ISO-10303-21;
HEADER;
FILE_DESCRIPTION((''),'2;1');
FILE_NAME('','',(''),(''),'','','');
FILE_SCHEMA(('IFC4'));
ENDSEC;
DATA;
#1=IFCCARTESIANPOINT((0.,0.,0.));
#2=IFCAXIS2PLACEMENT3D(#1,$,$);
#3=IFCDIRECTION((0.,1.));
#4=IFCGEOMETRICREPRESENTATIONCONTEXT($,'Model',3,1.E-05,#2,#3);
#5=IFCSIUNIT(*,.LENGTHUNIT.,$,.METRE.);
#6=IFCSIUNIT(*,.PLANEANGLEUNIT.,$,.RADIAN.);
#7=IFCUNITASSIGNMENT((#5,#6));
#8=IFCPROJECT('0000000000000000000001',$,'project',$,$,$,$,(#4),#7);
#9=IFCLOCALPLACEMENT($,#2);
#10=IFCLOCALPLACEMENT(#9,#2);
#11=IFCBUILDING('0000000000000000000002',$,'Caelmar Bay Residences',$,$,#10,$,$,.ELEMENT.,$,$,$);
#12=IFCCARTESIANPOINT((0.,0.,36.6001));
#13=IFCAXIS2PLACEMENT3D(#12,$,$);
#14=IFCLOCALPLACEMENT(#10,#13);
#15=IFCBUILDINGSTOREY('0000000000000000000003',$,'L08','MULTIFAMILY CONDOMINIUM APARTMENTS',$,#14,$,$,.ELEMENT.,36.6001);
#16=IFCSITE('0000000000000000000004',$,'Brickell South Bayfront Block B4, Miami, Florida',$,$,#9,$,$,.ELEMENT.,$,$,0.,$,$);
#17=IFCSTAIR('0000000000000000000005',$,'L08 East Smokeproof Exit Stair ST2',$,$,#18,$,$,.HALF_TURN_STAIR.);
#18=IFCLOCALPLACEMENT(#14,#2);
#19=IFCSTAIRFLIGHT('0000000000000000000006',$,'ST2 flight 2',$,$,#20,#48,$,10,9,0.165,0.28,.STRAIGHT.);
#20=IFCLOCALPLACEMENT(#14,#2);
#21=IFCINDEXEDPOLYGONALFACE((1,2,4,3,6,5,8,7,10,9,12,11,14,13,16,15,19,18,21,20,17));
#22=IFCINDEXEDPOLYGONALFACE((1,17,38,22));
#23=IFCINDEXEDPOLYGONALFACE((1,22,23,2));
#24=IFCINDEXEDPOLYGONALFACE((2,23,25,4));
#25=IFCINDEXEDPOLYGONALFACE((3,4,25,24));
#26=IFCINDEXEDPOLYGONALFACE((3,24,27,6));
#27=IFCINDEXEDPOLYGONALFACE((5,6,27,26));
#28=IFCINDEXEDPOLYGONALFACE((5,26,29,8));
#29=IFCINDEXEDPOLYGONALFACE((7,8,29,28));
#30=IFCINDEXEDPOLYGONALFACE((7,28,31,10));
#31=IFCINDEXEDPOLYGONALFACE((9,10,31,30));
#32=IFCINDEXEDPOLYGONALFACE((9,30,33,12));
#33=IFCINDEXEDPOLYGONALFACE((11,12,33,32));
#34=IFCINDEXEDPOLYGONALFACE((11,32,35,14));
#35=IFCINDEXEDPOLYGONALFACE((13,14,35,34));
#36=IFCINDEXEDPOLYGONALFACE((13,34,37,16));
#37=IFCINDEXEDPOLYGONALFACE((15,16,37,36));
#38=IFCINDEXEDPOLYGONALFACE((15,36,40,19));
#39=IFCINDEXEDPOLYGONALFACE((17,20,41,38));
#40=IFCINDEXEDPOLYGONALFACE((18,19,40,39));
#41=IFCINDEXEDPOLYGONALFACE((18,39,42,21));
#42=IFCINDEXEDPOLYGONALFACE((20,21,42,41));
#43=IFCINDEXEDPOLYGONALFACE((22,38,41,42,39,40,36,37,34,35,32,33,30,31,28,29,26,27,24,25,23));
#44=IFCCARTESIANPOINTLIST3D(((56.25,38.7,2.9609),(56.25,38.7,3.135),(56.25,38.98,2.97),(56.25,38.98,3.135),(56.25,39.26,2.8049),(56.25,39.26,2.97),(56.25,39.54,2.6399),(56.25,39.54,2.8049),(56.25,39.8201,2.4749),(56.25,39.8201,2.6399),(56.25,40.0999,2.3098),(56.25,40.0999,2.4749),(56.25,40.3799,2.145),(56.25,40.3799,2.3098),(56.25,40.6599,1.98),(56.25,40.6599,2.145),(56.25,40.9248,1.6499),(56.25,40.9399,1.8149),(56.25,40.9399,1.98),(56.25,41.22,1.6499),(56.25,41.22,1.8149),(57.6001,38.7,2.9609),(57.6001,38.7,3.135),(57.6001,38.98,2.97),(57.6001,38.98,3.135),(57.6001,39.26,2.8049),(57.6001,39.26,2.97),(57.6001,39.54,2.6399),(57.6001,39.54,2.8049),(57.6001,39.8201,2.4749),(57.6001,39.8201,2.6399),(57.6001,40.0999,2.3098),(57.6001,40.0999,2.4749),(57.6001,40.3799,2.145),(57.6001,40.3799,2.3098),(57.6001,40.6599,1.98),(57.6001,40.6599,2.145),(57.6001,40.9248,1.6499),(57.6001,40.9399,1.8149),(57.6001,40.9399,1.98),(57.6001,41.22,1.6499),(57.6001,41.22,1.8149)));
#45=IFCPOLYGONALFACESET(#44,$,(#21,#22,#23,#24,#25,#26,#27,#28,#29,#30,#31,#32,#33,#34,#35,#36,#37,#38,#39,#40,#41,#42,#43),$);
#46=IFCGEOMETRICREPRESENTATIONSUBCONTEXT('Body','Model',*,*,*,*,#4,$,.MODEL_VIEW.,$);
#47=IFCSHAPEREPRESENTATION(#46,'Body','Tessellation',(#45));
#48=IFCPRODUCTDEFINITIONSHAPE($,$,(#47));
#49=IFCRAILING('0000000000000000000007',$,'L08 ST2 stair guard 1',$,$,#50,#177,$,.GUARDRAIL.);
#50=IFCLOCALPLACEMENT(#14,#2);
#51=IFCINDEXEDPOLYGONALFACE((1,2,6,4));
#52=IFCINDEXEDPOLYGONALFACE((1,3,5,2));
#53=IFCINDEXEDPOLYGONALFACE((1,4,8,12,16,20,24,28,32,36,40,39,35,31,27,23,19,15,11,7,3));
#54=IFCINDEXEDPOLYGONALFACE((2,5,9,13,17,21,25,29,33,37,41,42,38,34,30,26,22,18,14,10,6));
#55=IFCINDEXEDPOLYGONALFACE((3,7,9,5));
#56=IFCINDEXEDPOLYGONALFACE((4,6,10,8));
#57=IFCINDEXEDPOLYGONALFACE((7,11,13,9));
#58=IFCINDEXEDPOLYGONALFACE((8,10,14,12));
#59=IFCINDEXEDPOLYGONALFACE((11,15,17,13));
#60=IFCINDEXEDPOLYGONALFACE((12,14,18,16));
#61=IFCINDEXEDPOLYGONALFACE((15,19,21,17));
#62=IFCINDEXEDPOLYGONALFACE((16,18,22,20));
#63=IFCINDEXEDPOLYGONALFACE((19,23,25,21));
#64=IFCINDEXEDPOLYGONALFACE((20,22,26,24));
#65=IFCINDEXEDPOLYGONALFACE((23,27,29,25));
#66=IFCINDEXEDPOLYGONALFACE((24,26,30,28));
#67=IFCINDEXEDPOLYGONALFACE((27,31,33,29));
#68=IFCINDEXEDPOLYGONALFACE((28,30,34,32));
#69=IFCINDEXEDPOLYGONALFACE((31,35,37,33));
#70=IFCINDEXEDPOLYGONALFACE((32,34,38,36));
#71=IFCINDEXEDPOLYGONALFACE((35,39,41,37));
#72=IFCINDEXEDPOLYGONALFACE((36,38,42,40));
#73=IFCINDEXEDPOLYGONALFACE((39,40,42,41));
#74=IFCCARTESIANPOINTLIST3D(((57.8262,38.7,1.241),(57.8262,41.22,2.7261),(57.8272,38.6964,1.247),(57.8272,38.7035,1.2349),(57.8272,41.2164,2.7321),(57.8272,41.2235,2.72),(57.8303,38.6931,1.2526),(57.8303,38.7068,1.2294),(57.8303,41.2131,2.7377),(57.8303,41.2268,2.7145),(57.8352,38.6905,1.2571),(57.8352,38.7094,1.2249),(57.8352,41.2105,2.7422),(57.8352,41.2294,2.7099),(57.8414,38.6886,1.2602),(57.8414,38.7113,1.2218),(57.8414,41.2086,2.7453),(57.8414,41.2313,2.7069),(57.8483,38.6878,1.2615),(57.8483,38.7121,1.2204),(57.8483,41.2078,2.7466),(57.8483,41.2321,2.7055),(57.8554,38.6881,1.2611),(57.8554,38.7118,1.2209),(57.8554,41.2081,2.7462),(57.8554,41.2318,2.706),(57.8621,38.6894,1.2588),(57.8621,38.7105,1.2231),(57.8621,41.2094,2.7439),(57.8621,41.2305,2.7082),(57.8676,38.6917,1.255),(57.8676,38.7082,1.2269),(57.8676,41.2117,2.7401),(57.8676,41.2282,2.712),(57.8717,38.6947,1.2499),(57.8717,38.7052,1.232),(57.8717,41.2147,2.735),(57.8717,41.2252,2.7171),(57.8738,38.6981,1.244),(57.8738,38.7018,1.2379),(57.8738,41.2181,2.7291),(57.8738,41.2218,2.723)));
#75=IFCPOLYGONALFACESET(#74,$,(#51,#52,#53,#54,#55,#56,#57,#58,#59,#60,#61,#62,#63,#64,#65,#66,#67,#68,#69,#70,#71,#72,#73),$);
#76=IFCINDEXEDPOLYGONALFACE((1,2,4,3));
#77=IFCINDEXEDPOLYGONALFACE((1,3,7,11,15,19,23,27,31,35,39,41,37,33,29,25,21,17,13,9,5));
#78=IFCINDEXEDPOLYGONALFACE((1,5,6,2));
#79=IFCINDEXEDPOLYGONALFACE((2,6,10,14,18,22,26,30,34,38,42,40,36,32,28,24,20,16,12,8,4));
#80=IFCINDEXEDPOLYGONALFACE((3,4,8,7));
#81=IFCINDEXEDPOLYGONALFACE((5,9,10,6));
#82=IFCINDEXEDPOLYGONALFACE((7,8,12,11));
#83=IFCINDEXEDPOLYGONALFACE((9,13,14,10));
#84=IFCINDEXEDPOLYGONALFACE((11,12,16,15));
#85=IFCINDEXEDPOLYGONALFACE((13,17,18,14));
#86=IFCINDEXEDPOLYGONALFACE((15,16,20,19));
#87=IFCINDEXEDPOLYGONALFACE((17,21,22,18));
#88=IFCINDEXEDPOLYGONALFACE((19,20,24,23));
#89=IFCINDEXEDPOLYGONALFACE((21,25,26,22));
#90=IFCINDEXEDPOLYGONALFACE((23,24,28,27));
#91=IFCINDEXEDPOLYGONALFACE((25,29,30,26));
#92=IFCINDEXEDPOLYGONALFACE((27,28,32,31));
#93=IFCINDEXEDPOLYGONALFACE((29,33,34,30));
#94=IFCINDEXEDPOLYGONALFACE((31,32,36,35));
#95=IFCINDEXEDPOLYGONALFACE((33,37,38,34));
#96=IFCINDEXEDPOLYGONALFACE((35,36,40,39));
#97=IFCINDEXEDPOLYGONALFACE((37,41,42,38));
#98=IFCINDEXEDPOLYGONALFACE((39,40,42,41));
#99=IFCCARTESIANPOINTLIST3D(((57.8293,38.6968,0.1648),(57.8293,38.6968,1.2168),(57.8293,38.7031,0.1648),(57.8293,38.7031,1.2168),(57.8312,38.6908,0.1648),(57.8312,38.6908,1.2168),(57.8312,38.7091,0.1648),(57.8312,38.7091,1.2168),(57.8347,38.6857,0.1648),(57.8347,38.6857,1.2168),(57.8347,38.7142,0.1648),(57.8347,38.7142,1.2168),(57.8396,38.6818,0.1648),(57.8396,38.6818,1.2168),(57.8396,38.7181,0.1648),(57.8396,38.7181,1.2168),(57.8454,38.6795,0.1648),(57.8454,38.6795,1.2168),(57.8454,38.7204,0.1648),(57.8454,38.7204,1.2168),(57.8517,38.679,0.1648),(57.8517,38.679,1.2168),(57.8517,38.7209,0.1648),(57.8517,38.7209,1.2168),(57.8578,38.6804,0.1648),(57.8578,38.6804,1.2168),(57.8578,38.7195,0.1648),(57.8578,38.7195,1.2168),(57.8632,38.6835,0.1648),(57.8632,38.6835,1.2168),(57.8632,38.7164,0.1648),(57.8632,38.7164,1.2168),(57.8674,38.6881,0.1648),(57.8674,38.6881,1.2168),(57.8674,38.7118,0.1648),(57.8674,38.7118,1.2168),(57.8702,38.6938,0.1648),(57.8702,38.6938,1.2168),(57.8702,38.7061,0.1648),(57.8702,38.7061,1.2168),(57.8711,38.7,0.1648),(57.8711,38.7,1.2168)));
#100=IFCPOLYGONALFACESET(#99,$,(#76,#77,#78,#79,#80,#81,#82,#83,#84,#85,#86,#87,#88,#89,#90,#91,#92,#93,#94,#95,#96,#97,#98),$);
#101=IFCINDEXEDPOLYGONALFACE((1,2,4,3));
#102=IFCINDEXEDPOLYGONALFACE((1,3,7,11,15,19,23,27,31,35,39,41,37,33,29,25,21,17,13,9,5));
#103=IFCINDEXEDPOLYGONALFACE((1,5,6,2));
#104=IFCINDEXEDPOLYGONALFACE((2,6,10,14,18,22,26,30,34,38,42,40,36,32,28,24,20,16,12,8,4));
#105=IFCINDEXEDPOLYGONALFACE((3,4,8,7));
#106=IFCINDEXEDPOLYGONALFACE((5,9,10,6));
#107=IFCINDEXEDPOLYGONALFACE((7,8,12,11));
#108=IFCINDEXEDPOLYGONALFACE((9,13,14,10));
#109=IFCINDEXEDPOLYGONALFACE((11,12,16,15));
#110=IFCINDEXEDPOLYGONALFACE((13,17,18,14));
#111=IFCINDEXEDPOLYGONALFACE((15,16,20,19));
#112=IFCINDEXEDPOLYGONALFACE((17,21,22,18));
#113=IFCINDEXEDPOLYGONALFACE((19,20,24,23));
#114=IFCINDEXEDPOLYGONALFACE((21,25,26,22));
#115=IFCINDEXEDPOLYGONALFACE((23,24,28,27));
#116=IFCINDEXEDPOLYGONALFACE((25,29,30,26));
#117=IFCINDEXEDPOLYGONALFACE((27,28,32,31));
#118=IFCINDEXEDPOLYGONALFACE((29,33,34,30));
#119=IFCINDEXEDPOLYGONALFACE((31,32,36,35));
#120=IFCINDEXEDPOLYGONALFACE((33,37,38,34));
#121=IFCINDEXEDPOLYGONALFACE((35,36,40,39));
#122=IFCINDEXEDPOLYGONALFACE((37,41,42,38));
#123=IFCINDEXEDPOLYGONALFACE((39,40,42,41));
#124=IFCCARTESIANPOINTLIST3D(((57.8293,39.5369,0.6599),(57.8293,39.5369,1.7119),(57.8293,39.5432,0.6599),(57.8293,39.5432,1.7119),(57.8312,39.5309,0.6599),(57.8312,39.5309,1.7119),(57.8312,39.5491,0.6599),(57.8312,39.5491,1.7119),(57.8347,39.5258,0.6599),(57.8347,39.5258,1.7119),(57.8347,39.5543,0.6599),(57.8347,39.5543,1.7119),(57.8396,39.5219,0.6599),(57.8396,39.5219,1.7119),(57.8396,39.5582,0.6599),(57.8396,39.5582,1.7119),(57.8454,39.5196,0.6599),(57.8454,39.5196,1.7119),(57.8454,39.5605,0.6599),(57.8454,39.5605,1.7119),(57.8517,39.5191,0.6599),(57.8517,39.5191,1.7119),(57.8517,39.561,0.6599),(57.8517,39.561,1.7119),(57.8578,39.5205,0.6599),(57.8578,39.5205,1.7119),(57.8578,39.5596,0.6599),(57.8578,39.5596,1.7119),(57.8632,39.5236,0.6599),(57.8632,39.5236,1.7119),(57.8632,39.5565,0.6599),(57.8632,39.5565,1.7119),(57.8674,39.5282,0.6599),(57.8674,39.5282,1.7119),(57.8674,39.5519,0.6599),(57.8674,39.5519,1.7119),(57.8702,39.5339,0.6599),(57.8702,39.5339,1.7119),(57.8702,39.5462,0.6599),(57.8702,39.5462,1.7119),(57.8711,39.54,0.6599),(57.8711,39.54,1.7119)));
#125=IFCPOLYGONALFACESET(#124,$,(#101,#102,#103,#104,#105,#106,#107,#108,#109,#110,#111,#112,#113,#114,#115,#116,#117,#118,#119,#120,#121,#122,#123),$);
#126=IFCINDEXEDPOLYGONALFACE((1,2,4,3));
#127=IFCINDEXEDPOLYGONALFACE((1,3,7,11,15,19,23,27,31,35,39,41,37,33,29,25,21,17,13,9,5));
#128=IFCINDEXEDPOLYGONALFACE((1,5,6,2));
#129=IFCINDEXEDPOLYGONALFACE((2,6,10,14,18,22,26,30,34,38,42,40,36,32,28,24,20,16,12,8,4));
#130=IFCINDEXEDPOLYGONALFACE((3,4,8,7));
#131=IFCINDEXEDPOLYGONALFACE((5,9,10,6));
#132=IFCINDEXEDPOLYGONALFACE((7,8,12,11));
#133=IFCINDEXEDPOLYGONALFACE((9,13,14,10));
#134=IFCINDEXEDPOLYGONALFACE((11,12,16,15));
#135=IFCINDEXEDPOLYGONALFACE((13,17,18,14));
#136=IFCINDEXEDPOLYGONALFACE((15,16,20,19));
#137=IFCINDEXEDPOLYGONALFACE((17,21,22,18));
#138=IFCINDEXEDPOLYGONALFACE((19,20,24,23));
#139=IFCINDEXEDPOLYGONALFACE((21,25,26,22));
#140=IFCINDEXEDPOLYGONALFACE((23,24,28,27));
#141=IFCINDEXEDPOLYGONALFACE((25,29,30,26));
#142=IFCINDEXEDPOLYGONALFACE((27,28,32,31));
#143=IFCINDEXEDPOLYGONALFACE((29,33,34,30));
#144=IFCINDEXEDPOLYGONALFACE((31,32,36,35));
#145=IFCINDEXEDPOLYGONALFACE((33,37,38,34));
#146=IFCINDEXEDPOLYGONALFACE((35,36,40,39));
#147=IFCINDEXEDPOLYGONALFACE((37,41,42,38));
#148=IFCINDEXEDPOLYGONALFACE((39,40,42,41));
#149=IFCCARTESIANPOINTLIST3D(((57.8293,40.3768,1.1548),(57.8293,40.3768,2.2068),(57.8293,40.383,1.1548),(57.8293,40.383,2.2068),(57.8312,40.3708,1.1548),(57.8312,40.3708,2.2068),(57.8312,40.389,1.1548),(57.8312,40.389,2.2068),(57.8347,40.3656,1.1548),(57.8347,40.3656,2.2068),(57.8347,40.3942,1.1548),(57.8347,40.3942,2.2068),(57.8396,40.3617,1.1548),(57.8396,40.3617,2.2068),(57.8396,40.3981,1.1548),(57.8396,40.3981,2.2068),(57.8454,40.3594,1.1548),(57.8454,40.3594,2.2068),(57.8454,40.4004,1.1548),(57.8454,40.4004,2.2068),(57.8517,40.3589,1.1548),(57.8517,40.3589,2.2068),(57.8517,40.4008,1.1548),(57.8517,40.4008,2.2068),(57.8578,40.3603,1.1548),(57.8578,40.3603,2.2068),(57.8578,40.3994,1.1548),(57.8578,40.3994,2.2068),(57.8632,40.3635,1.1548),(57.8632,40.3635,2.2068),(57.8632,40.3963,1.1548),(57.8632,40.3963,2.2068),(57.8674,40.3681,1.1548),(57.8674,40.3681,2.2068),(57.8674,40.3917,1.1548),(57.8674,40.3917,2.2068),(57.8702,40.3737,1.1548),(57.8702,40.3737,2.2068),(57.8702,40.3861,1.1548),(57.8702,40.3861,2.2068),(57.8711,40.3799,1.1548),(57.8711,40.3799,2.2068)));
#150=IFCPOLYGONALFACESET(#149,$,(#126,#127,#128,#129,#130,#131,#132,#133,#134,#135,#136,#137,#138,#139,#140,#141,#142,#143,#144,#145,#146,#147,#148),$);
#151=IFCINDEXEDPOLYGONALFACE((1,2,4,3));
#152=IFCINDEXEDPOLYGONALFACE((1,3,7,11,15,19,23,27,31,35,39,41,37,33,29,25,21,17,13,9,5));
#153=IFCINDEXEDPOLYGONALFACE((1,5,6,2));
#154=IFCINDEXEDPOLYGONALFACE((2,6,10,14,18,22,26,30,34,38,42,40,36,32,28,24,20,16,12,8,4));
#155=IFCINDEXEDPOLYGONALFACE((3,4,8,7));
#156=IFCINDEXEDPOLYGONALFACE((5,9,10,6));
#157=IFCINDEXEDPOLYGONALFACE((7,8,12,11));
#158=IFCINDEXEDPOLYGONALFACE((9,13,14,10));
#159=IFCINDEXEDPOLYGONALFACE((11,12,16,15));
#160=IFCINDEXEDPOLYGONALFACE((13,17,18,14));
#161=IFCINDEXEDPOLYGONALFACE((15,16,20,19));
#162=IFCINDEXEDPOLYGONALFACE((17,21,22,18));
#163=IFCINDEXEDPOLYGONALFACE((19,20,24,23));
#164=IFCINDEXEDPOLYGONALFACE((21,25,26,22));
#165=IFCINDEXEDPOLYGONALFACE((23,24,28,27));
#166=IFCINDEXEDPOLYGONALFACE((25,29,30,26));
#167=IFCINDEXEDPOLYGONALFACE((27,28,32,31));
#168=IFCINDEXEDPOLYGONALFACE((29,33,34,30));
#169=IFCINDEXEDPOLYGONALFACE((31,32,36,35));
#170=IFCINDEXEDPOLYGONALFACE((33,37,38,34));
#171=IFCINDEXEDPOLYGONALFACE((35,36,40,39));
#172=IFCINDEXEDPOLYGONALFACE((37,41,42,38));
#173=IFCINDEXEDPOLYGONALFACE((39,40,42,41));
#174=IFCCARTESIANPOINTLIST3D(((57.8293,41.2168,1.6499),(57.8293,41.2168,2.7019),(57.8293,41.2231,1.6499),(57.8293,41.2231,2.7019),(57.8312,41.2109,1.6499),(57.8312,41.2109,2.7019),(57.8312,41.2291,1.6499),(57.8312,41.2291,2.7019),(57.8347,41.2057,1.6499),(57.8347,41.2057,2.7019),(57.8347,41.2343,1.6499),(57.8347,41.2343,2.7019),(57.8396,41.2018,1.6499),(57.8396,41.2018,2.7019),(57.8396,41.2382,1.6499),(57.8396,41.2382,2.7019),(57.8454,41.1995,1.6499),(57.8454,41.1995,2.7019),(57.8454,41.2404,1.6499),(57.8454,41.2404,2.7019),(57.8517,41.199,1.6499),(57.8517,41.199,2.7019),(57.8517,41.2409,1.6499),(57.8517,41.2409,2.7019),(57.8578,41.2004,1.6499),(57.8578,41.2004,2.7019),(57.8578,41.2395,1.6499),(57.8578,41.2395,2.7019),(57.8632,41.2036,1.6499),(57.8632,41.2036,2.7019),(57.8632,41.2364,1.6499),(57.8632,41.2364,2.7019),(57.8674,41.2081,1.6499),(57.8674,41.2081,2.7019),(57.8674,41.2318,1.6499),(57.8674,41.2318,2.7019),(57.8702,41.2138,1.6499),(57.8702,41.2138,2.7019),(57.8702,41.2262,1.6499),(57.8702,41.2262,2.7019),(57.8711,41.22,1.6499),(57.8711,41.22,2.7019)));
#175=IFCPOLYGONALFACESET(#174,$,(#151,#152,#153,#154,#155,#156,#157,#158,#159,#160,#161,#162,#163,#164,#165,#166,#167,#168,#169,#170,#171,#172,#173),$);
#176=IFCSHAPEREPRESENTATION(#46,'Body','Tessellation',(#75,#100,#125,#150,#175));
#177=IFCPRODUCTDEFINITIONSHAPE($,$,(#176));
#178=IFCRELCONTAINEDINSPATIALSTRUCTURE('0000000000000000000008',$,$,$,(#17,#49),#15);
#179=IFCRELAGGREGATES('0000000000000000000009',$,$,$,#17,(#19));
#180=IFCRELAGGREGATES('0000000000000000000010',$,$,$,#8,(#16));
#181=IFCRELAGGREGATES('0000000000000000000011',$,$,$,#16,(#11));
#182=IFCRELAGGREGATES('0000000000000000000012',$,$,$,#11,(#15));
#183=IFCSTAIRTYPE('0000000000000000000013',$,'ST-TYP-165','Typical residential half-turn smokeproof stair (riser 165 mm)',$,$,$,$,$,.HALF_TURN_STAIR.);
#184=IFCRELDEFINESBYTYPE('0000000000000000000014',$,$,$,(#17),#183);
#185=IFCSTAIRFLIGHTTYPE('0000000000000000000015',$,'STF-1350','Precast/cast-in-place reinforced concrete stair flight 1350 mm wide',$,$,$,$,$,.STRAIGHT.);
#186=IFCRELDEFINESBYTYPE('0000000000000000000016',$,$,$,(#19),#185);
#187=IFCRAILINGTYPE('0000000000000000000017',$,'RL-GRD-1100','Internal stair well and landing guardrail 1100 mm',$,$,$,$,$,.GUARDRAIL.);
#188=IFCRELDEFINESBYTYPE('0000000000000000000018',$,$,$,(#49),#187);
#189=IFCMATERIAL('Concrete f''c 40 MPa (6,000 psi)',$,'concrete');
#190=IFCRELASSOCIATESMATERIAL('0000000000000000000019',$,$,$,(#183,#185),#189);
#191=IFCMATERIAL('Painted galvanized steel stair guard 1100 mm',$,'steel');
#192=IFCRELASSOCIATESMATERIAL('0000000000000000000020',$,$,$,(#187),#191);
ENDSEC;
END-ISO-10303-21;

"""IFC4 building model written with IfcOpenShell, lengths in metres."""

from ifc_helpers import new_model, si_unit, direction, frame, origin, origin_2d, place, context, subcontext, project, spatial, polyline, circle, outline, extrude, material, type_object, element, aggregate, save


model = new_model("IFC4")

# Units and contexts
model_context = context("Model", 3, precision=1e-05, world=origin(), true_north=direction((0.0, 1.0)))
body_context = subcontext(model_context, "Body", "Model", "MODEL_VIEW")
ifc_project = project(units=[si_unit("LENGTHUNIT", "METRE"), si_unit("PLANEANGLEUNIT", "RADIAN")], contexts=[model_context])

# Site, building, storey
site_placement = place(None, origin())
site = spatial("IfcSite", under=ifc_project, at=site_placement, Name="Brickell South Bayfront Block B4, Miami, Florida", CompositionType="ELEMENT", RefElevation=0.0)
building_placement = place(site_placement, origin())
building = spatial("IfcBuilding", under=site, at=building_placement, Name="Caelmar Bay Residences", CompositionType="ELEMENT")
storey_placement = place(building_placement, frame((0.0, 0.0, 36.6001)))
storey = spatial("IfcBuildingStorey", under=building, at=storey_placement, Name="L08", Description="MULTIFAMILY CONDOMINIUM APARTMENTS", CompositionType="ELEMENT", Elevation=36.6001)

# Stair, stair flight
ifc_material_1 = material(Name="Concrete f'c 40 MPa (6,000 psi)", Category="concrete")
stair_type = type_object("IfcStairType", Name="ST-TYP-165", Description="Typical residential half-turn smokeproof stair (riser 165 mm)", PredefinedType="HALF_TURN_STAIR", material=ifc_material_1)
stair_placement = place(storey_placement, origin())
stair = element("IfcStair", 1, at=stair_placement, inside=storey, type_object=stair_type, Name="L08 East Smokeproof Exit Stair ST2", PredefinedType="HALF_TURN_STAIR")
stair_flight_type = type_object("IfcStairFlightType", Name="STF-1350", Description="Precast/cast-in-place reinforced concrete stair flight 1350 mm wide", PredefinedType="STRAIGHT", material=ifc_material_1)
stair_flight_1_placement = place(storey_placement, frame((56.925, 41.22, 1.6499), z_axis=(0.0, 0.0, 1.0), x_axis=(0.0, -1.0, 0.0)))
stair_flight_1 = element("IfcStairFlight", 2, at=stair_flight_1_placement, type_object=stair_flight_type, Name="ST2 flight 2", NumberOfRisers=10, NumberOfTreads=9, PredefinedType="STRAIGHT", RiserHeight=0.165, TreadLength=0.28, context=body_context, shape_type="SweptSolid", body=[
    extrude(outline(polyline([(0.0, 0.0), (0.0, 0.165), (0.28, 0.165), (0.28, 0.3301), (0.5601, 0.3301), (0.5601, 0.4951), (0.8401, 0.4951), (0.8401, 0.6599), (1.1201, 0.6599), (1.1201, 0.825), (1.3999, 0.825), (1.3999, 0.99), (1.6799, 0.99), (1.6799, 1.155), (1.96, 1.155), (1.96, 1.3201), (2.24, 1.3201), (2.24, 1.4851), (2.52, 1.4851), (2.52, 1.6499), (2.52, 1.311), (0.2952, 0.0), (0.0, 0.0)])), frame((0.0, 0.675, 0.0), z_axis=(0.0, -1.0, 0.0), x_axis=(1.0, 0.0, 0.0)), (0.0, 0.0, 1.0), 1.3501),
])
aggregate(stair, [stair_flight_1])

# Railing
ifc_material_2 = material(Name="Painted galvanized steel stair guard 1100 mm", Category="steel")
railing_type_1 = type_object("IfcRailingType", Name="RL-GRD-1100", Description="Internal stair well and landing guardrail 1100 mm", PredefinedType="GUARDRAIL", material=ifc_material_2)
railing_1_placement = place(storey_placement, frame((57.8501, 38.7, 0.1648)))
element("IfcRailing", 3, at=railing_1_placement, inside=storey, type_object=railing_type_1, Name="L08 ST2 stair guard 1", PredefinedType="GUARDRAIL", context=body_context, shape_type="SweptSolid", body=[
    extrude(circle(Radius=0.0239, at=origin_2d()), frame((0.0, 0.0, 1.0762), z_axis=(0.0, 0.861524, 0.507717), x_axis=(-1.0, 0.0, 0.0)), (0.0, 0.0, 1.0), 2.925),
    extrude(circle(Radius=0.021, at=origin_2d()), origin(), (0.0, 0.0, 1.0), 1.052),
    extrude(circle(Radius=0.021, at=origin_2d()), frame((0.0, 0.8401, 0.4951)), (0.0, 0.0, 1.0), 1.052),
    extrude(circle(Radius=0.021, at=origin_2d()), frame((0.0, 1.6799, 0.99)), (0.0, 0.0, 1.0), 1.052),
    extrude(circle(Radius=0.021, at=origin_2d()), frame((0.0, 2.52, 1.4851)), (0.0, 0.0, 1.0), 1.052),
])

save(model, "model.ifc")
